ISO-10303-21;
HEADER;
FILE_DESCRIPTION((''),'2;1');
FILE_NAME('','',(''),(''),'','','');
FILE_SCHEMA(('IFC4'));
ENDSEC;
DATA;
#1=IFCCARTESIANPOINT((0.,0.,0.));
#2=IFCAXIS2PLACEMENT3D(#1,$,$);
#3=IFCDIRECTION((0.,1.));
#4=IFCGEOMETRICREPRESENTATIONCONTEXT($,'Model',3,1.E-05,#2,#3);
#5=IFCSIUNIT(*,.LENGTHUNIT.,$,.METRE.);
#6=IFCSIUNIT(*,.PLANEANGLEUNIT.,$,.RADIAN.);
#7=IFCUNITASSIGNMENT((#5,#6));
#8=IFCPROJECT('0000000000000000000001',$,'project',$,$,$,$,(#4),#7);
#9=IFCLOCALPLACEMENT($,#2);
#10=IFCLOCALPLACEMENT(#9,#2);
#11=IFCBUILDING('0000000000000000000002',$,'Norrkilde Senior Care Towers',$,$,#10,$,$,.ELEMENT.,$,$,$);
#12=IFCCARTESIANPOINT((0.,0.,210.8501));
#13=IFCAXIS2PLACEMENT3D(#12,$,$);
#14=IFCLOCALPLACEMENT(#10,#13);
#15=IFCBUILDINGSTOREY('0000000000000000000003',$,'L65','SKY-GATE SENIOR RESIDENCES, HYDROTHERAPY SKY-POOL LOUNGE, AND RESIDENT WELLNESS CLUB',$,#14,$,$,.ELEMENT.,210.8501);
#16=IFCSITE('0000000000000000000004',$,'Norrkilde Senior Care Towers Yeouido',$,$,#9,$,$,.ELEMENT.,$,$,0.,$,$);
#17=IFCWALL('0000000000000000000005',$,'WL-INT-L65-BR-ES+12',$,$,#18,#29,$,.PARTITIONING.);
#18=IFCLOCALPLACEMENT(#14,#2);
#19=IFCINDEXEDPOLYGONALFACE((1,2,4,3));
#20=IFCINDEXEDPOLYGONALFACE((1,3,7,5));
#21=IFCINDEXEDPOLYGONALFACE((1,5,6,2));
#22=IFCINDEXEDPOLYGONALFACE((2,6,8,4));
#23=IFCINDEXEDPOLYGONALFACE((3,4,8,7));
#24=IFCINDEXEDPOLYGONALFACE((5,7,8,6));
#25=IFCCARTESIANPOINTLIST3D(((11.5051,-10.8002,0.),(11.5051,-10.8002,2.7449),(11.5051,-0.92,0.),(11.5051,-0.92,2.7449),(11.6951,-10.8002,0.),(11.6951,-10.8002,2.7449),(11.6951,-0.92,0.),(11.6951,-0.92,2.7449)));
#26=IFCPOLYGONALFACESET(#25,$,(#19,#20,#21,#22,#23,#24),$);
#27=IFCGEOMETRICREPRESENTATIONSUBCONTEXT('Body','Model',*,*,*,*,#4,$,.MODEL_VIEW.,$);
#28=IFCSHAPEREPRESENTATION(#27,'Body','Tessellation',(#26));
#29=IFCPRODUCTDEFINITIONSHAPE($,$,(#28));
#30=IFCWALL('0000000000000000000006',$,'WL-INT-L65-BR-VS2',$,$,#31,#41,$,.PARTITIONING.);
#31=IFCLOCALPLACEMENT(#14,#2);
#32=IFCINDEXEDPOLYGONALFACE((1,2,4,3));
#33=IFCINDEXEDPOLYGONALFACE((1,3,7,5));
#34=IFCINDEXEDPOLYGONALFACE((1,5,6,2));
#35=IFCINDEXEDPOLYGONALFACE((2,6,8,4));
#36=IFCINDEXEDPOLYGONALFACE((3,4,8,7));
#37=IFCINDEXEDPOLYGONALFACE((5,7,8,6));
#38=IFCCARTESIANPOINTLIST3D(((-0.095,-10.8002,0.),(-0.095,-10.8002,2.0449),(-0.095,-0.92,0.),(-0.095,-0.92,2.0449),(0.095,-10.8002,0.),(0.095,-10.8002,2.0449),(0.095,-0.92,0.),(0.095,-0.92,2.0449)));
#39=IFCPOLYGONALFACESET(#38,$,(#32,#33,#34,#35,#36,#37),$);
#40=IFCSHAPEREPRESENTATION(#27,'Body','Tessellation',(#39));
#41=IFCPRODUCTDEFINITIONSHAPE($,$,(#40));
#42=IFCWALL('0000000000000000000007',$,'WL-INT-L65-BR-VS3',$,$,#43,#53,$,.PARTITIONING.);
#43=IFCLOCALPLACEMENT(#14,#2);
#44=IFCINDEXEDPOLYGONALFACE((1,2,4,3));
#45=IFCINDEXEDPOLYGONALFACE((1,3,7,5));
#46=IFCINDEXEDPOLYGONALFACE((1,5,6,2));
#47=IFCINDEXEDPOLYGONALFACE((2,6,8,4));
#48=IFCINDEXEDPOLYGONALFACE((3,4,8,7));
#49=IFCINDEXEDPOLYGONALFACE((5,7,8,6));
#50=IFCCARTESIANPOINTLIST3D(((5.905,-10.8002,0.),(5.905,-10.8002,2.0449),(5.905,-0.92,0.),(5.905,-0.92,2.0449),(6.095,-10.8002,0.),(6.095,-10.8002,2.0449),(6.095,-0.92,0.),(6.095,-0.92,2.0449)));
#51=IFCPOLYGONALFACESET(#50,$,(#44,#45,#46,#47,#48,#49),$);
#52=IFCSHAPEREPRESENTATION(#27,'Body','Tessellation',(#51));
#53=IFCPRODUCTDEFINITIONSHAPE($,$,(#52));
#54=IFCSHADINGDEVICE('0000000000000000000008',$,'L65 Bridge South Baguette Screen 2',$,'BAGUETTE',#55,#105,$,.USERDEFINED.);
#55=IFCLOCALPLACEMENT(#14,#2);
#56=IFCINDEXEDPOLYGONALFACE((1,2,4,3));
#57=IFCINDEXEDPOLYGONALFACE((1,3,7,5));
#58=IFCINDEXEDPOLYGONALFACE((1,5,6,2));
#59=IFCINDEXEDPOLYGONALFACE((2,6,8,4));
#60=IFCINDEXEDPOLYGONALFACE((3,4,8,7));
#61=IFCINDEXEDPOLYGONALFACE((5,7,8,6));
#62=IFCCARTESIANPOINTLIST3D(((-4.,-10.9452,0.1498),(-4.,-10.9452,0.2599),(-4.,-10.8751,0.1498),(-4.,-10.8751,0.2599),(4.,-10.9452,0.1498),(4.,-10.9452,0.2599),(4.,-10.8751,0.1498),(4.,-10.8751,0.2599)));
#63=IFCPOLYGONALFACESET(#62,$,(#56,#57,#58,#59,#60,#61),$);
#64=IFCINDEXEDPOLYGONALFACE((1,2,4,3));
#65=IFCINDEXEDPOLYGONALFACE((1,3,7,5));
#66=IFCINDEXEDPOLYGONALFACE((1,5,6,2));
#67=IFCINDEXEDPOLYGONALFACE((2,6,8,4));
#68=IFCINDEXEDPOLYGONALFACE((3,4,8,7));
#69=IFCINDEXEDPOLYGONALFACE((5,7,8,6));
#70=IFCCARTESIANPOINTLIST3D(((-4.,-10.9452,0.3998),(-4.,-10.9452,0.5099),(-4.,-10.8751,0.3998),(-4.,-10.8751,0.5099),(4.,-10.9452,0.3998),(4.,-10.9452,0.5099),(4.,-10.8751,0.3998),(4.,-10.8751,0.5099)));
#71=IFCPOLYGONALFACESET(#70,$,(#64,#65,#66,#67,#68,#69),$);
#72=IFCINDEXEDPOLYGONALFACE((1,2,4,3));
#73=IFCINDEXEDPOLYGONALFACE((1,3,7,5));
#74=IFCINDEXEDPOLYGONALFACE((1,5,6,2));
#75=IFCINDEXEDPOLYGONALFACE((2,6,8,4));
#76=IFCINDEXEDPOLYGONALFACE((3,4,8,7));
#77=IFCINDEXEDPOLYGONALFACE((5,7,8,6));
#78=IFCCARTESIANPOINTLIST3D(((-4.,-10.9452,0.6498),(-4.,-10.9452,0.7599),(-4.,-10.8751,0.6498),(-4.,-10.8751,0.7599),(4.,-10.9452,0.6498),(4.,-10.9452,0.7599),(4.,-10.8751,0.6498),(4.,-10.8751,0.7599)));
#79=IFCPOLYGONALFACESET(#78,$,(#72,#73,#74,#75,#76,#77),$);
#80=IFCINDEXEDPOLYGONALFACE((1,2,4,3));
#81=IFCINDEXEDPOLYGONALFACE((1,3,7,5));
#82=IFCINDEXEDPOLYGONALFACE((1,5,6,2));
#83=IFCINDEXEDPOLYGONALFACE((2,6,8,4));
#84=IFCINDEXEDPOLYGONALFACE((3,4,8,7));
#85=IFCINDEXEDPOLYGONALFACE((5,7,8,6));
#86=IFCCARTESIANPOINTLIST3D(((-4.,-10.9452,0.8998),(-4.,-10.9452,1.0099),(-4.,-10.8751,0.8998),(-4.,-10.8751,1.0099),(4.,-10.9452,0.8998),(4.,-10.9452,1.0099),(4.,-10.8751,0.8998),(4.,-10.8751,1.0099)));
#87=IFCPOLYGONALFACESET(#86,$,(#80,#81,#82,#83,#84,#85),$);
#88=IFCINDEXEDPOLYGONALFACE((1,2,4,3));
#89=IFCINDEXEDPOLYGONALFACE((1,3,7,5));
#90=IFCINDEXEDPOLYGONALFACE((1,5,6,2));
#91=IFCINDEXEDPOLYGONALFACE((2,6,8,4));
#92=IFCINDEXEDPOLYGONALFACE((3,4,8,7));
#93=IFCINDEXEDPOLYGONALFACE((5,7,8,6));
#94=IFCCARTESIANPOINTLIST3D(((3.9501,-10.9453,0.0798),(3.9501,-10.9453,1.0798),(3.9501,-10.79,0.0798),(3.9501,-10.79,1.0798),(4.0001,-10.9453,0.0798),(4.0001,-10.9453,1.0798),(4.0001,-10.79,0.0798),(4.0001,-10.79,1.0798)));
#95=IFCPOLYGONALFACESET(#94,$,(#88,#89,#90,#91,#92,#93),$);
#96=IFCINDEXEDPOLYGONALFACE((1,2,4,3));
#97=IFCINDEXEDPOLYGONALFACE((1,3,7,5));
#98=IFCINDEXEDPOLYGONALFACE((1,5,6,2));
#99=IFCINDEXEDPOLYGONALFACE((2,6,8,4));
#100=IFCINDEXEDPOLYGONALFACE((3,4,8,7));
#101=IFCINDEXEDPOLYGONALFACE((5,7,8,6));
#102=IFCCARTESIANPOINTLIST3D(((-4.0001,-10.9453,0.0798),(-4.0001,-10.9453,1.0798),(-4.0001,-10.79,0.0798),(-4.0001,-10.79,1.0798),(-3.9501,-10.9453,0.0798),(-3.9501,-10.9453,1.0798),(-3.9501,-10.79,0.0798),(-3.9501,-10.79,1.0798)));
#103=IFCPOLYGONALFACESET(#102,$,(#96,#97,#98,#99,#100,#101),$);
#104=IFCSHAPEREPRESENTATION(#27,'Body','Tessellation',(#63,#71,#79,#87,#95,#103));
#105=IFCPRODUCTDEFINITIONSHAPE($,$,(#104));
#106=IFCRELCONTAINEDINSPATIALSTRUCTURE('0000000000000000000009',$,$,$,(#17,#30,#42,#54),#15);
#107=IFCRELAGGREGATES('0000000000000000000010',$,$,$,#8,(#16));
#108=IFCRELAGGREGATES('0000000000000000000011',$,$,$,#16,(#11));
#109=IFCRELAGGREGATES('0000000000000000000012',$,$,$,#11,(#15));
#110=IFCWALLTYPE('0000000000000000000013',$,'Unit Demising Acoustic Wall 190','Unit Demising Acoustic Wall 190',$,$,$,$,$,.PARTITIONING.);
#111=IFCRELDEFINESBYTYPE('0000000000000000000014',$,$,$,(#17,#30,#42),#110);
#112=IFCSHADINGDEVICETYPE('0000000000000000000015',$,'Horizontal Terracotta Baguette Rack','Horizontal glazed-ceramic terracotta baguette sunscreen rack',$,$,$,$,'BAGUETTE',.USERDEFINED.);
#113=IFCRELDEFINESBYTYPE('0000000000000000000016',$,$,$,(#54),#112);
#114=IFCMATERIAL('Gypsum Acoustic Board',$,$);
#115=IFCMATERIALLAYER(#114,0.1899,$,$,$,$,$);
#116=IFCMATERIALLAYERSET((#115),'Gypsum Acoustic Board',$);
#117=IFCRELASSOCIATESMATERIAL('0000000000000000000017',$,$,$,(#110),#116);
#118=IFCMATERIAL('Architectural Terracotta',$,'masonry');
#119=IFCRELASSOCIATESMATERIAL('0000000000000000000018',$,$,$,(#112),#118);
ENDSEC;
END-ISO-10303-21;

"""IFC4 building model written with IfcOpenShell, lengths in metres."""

from ifc_helpers import new_model, si_unit, direction, frame, frame_2d, origin, origin_2d, place, context, subcontext, project, spatial, rectangle, extrude, source, transform, mapped, material, layer, layer_set, type_object, type_shapes, element, save


model = new_model("IFC4")

# Units and contexts
model_context = context("Model", 3, precision=1e-05, world=origin(), true_north=direction((0.0, 1.0)))
body_context = subcontext(model_context, "Body", "Model", "MODEL_VIEW")
ifc_project = project(units=[si_unit("LENGTHUNIT", "METRE"), si_unit("PLANEANGLEUNIT", "RADIAN")], contexts=[model_context])

# Site, building, storey
site_placement = place(None, origin())
site = spatial("IfcSite", under=ifc_project, at=site_placement, Name="Norrkilde Senior Care Towers Yeouido", CompositionType="ELEMENT", RefElevation=0.0)
building_placement = place(site_placement, origin())
building = spatial("IfcBuilding", under=site, at=building_placement, Name="Norrkilde Senior Care Towers", CompositionType="ELEMENT")
storey_placement = place(building_placement, frame((0.0, 0.0, 210.8501)))
storey = spatial("IfcBuildingStorey", under=building, at=storey_placement, Name="L65", Description="SKY-GATE SENIOR RESIDENCES, HYDROTHERAPY SKY-POOL LOUNGE, AND RESIDENT WELLNESS CLUB", CompositionType="ELEMENT", Elevation=210.8501)

# Shared definitions
ifc_material_1 = material(Name="Gypsum Acoustic Board")

# Walls
ifc_layer_1 = layer(ifc_material_1, 0.1899)
ifc_layer_set_1 = layer_set([ifc_layer_1], Name="Gypsum Acoustic Board")
wall_type_1 = type_object("IfcWallType", Name="Unit Demising Acoustic Wall 190", Description="Unit Demising Acoustic Wall 190", PredefinedType="PARTITIONING", material=ifc_layer_set_1)
shared_shape_1 = source(origin(), body_context, "Body", "SweptSolid", [
    extrude(rectangle(XDim=9.8801, YDim=0.1899, at=frame_2d((4.9399, 0.0))), origin(), (0.0, 0.0, 1.0), 2.7449),
])
wall_1_placement = place(storey_placement, frame((11.6001, -10.8, 0.0), z_axis=(0.0, 0.0, 1.0), x_axis=(0.0, 1.0, 0.0)))
element("IfcWall", 1, at=wall_1_placement, inside=storey, type_object=wall_type_1, Name="WL-INT-L65-BR-ES+12", PredefinedType="PARTITIONING", context=body_context, shape_type="MappedRepresentation", body=[
    mapped(shared_shape_1, transform((0.0, 0.0, 0.0), x_axis=(1.0, 0.0, 0.0), y_axis=(0.0, 1.0, 0.0), z_axis=(0.0, 0.0, 1.0), scale=1.0)),
])
shared_shape_2 = source(origin(), body_context, "Body", "SweptSolid", [
    extrude(rectangle(XDim=9.8801, YDim=0.1899, at=frame_2d((4.9399, 0.0))), origin(), (0.0, 0.0, 1.0), 2.0449),
])
type_shapes(wall_type_1, [shared_shape_1, shared_shape_2])
for number, where, z_axis, x_axis, name in (
    (2, (0.0, -10.8, 0.0), (0.0, 0.0, 1.0), (0.0, 1.0, 0.0), "WL-INT-L65-BR-VS2"),
    (3, (6.0, -10.8, 0.0), (0.0, 0.0, 1.0), (0.0, 1.0, 0.0), "WL-INT-L65-BR-VS3"),
):
    element("IfcWall", number, at=place(storey_placement, frame(where, z_axis=z_axis, x_axis=x_axis)), inside=storey, type_object=wall_type_1, Name=name, PredefinedType="PARTITIONING", context=body_context, shape_type="MappedRepresentation", body=[
        mapped(shared_shape_2, transform((0.0, 0.0, 0.0), x_axis=(1.0, 0.0, 0.0), y_axis=(0.0, 1.0, 0.0), z_axis=(0.0, 0.0, 1.0), scale=1.0)),
    ])

# Shading device
ifc_material_2 = material(Name="Architectural Terracotta", Category="masonry")
shading_device_type = type_object("IfcShadingDeviceType", Name="Horizontal Terracotta Baguette Rack", Description="Horizontal glazed-ceramic terracotta baguette sunscreen rack", ElementType="BAGUETTE", PredefinedType="USERDEFINED", material=ifc_material_2)
shared_shape_3 = source(origin(), body_context, "Body", "SweptSolid", [
    extrude(rectangle(XDim=0.0701, YDim=0.1101, at=origin_2d()), frame((0.0, 0.0901, 0.125), z_axis=(1.0, 0.0, 0.0), x_axis=(0.0, 1.0, 0.0)), (0.0, 0.0, 1.0), 8.0),
    extrude(rectangle(XDim=0.0701, YDim=0.1101, at=origin_2d()), frame((0.0, 0.0901, 0.375), z_axis=(1.0, 0.0, 0.0), x_axis=(0.0, 1.0, 0.0)), (0.0, 0.0, 1.0), 8.0),
    extrude(rectangle(XDim=0.0701, YDim=0.1101, at=origin_2d()), frame((0.0, 0.0901, 0.625), z_axis=(1.0, 0.0, 0.0), x_axis=(0.0, 1.0, 0.0)), (0.0, 0.0, 1.0), 8.0),
    extrude(rectangle(XDim=0.0701, YDim=0.1101, at=origin_2d()), frame((0.0, 0.0901, 0.875), z_axis=(1.0, 0.0, 0.0), x_axis=(0.0, 1.0, 0.0)), (0.0, 0.0, 1.0), 8.0),
    extrude(rectangle(XDim=0.05, YDim=0.1553, at=origin_2d()), frame((0.0249, 0.0476, 0.0)), (0.0, 0.0, 1.0), 1.0),
    extrude(rectangle(XDim=0.05, YDim=0.1553, at=origin_2d()), frame((7.9751, 0.0476, 0.0)), (0.0, 0.0, 1.0), 1.0),
])
type_shapes(shading_device_type, [shared_shape_3])
shading_device_placement = place(storey_placement, frame((4.0, -10.8201, 0.0798), z_axis=(0.0, 0.0, 1.0), x_axis=(-1.0, 0.0, 0.0)))
element("IfcShadingDevice", 4, at=shading_device_placement, inside=storey, type_object=shading_device_type, Name="L65 Bridge South Baguette Screen 2", ObjectType="BAGUETTE", PredefinedType="USERDEFINED", context=body_context, shape_type="MappedRepresentation", body=[
    mapped(shared_shape_3, transform((0.0, 0.0, 0.0), x_axis=(1.0, 0.0, 0.0), y_axis=(0.0, 1.0, 0.0), z_axis=(0.0, 0.0, 1.0), scale=1.0)),
])

save(model, "model.ifc")
